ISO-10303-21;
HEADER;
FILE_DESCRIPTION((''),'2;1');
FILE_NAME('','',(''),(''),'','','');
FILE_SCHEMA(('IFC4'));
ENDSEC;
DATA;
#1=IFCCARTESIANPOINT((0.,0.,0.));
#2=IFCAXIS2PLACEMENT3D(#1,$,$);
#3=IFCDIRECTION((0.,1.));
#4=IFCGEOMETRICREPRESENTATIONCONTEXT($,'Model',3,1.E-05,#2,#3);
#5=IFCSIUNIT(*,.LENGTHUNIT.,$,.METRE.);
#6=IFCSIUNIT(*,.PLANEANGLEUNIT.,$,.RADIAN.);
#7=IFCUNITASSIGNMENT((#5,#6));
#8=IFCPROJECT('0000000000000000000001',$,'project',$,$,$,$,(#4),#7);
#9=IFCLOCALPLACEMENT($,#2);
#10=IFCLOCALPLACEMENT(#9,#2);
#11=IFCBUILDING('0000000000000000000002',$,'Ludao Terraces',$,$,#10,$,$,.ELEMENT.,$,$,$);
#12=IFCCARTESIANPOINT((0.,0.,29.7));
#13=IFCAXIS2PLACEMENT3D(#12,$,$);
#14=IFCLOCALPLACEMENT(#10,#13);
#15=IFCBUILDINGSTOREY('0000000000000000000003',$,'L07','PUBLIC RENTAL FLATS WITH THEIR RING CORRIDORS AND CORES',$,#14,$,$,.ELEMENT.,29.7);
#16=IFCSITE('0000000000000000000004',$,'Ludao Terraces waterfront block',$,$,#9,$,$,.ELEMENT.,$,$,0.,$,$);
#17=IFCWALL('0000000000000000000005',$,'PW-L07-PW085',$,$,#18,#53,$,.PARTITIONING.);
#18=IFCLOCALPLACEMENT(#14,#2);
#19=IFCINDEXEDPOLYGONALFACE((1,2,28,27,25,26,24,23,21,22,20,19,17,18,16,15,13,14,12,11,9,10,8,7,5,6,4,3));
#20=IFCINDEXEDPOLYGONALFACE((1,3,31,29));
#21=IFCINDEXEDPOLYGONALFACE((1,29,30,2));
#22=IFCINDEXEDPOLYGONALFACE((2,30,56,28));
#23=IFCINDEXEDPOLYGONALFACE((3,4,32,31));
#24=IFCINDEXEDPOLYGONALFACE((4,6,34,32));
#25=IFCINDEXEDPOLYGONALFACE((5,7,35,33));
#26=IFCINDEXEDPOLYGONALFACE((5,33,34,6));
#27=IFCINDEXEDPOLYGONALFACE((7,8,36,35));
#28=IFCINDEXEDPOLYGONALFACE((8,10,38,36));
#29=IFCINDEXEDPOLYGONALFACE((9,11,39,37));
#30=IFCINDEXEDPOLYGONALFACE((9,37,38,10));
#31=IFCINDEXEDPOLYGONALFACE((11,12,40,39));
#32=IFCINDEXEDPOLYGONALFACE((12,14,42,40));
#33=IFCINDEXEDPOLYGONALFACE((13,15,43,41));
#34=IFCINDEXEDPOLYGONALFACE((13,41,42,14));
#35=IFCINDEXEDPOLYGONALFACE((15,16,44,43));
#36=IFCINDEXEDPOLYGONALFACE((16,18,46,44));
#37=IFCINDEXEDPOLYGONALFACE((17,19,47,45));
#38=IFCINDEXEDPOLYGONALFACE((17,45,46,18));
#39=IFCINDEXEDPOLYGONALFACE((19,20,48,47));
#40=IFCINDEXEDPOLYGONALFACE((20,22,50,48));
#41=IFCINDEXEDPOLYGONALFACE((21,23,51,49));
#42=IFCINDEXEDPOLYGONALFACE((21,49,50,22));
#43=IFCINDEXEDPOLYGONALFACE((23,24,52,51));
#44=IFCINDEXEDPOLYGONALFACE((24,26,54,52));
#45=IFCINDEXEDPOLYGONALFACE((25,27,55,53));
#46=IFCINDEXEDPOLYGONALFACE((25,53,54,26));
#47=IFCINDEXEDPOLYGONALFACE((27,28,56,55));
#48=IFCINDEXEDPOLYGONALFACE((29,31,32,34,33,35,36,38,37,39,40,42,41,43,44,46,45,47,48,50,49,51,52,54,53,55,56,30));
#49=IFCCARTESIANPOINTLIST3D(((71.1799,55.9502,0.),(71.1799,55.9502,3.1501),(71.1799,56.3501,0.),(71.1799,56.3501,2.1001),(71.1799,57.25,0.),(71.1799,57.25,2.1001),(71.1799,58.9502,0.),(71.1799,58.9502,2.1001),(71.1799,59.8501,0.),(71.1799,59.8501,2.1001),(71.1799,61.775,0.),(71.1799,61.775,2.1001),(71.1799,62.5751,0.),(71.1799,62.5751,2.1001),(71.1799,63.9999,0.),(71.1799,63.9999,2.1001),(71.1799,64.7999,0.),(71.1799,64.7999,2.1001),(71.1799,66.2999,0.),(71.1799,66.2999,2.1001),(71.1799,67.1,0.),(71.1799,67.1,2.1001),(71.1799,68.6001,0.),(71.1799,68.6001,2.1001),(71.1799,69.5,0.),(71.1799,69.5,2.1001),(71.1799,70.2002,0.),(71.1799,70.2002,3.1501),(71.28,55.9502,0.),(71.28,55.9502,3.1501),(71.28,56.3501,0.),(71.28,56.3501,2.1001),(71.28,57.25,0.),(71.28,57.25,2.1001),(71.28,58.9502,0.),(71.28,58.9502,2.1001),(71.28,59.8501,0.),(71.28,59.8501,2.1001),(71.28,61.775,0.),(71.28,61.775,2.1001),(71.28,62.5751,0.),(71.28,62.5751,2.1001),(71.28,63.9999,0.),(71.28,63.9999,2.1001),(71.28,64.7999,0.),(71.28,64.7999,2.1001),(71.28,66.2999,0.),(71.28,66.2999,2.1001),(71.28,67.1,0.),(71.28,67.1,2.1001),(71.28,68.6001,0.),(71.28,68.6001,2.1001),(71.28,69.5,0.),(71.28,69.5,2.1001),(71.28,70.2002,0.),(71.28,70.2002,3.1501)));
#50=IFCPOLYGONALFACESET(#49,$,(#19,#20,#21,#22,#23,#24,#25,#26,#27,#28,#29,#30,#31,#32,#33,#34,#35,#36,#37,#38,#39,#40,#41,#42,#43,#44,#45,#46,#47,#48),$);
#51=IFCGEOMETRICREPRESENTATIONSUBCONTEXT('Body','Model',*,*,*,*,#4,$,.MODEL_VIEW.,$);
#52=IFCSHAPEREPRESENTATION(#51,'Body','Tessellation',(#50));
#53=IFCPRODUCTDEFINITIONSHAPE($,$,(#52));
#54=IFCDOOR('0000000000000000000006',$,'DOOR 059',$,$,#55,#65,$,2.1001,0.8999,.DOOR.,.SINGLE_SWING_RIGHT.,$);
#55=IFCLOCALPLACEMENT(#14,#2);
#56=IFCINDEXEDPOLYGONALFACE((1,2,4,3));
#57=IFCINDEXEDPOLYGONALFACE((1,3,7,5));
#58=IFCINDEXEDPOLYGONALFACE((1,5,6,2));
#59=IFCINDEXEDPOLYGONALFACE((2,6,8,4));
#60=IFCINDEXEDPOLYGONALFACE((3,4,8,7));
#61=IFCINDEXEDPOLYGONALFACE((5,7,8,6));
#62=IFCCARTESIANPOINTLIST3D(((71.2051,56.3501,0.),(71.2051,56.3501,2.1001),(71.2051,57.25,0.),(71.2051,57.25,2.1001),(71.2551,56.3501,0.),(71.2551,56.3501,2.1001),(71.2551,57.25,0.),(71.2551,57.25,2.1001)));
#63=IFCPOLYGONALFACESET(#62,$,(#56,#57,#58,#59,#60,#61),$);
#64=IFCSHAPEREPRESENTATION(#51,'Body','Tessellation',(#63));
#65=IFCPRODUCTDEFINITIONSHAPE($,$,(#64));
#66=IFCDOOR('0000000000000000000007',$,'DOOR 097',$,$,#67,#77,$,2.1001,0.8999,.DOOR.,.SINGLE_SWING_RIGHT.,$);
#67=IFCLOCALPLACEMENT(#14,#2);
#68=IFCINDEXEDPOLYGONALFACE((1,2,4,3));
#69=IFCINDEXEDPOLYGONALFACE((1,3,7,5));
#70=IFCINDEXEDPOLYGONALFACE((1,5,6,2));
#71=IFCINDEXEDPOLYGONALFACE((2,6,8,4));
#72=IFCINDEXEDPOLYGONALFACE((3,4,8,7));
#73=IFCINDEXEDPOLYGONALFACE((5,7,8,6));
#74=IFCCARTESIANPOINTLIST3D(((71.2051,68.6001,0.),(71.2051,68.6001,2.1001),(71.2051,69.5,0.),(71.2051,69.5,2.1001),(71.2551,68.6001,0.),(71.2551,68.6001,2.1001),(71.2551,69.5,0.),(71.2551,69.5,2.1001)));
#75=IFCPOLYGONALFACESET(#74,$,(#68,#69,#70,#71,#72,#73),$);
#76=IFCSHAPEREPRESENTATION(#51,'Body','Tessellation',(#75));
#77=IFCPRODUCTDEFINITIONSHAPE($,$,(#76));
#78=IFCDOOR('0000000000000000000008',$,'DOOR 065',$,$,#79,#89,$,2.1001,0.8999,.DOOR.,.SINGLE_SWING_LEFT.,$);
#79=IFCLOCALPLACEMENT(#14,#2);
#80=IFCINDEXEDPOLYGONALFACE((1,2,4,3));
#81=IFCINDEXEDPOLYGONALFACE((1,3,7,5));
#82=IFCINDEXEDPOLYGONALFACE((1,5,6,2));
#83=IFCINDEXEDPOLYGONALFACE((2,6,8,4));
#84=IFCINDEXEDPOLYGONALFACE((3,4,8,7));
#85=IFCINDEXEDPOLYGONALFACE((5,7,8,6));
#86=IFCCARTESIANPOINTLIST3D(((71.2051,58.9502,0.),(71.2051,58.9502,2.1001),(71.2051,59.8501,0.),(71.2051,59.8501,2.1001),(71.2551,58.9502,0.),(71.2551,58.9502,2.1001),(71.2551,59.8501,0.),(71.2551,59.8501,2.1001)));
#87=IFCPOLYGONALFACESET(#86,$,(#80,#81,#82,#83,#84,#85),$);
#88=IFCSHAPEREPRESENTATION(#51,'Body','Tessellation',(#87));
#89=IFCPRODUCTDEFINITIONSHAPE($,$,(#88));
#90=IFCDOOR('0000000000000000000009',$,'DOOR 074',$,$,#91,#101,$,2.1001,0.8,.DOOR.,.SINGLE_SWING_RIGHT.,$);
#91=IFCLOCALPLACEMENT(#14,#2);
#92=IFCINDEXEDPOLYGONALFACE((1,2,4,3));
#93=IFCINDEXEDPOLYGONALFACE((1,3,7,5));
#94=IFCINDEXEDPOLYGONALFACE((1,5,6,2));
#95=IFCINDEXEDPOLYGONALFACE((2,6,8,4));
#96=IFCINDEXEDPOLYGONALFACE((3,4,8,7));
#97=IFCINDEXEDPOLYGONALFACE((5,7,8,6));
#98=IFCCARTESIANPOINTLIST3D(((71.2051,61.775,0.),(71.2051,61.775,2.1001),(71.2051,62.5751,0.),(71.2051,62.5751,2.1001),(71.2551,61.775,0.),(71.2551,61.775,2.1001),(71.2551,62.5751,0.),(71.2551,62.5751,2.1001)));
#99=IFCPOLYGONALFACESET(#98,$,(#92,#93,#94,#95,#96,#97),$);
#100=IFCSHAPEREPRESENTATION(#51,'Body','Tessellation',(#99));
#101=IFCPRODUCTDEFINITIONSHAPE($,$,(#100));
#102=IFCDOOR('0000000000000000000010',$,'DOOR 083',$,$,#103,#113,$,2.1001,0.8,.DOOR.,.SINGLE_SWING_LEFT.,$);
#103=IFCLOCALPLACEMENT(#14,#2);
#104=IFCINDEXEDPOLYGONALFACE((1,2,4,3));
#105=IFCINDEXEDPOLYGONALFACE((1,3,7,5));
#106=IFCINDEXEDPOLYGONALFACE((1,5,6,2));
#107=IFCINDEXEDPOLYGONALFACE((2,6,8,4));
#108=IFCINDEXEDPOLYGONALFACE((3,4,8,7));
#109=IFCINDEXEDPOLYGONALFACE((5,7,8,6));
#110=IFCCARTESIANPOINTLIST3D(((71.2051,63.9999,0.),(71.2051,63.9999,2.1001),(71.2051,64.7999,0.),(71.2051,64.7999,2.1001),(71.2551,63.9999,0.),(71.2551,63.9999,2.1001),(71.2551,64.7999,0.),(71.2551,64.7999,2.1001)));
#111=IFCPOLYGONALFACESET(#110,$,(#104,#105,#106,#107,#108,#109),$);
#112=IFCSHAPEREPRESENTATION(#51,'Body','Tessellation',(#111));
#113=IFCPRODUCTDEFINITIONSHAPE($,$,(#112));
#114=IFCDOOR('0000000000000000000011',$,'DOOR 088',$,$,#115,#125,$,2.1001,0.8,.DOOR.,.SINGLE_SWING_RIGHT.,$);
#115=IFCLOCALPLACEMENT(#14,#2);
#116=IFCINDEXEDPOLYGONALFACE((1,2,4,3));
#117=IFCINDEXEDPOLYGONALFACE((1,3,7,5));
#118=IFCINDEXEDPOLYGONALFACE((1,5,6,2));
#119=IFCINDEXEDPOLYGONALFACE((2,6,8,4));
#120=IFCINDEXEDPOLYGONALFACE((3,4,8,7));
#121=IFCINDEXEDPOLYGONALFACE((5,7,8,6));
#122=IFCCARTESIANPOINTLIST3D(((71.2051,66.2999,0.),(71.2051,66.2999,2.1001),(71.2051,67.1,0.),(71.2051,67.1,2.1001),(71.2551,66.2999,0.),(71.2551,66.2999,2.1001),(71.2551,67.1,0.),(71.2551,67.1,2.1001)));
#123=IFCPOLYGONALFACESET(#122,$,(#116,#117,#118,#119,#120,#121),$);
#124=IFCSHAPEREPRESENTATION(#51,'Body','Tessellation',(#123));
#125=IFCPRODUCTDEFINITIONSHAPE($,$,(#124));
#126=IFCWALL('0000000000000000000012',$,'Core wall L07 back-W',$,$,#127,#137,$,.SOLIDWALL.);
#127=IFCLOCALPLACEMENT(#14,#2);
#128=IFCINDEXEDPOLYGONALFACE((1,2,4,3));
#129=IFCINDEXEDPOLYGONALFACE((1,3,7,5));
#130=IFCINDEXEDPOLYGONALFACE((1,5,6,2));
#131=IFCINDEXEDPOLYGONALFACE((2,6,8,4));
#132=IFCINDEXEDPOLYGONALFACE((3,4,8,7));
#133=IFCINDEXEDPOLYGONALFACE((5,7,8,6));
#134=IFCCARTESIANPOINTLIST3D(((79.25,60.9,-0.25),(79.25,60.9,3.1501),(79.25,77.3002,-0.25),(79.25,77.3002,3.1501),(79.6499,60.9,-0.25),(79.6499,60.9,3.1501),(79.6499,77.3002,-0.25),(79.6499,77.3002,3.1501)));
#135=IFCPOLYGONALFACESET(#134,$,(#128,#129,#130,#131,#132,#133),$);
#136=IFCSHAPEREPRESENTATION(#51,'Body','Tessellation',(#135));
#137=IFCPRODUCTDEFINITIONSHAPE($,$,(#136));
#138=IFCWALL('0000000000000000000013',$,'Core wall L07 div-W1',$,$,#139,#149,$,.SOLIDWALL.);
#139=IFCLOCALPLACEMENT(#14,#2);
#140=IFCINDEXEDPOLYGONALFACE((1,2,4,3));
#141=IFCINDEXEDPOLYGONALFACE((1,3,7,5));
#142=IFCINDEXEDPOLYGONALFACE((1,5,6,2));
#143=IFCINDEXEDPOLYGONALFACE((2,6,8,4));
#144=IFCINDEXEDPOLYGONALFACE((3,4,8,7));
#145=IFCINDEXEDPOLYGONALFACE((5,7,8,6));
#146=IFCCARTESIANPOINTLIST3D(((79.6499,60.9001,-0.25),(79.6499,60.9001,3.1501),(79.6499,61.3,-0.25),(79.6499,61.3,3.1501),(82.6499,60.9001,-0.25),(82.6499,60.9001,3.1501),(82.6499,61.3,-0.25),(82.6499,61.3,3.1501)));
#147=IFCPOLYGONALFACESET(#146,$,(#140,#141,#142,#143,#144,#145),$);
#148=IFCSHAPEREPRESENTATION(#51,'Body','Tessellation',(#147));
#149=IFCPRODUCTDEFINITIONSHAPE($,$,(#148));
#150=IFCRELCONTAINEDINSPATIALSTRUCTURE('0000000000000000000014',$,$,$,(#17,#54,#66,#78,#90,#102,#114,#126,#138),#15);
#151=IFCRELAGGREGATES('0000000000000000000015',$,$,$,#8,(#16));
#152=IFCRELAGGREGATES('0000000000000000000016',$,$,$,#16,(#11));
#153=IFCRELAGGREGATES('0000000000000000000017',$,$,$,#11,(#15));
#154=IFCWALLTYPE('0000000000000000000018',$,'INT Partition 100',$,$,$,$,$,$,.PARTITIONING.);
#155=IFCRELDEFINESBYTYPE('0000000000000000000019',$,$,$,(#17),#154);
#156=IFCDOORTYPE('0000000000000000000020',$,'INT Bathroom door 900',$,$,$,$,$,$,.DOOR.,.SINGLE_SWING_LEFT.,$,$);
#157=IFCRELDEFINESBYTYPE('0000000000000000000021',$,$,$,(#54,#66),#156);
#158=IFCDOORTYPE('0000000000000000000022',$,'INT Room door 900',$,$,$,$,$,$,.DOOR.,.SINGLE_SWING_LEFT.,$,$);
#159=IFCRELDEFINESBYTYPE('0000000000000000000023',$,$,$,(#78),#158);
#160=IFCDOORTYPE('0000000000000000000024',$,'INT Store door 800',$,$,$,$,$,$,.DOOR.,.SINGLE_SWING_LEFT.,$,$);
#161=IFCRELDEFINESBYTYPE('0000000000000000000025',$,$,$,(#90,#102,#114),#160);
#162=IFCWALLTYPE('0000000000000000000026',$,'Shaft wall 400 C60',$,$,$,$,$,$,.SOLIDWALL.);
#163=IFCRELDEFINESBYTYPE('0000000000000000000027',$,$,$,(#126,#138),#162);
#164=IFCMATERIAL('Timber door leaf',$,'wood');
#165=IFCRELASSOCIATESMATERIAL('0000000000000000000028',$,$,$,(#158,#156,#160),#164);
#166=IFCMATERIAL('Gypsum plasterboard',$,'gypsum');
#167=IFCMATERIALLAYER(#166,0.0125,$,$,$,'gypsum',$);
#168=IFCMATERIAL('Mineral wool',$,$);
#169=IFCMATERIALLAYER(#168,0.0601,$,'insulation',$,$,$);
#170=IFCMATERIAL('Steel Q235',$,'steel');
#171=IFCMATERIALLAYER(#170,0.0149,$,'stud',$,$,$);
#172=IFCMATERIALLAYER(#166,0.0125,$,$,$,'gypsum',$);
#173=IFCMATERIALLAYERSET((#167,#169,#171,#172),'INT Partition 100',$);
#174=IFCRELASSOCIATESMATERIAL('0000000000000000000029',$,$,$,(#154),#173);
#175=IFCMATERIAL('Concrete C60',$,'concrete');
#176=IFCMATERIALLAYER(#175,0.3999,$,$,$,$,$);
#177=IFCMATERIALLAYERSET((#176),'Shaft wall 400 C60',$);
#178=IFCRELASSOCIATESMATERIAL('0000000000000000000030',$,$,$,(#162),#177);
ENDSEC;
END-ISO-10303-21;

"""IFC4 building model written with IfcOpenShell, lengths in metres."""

from ifc_helpers import new_model, si_unit, direction, frame, frame_2d, origin, place, context, subcontext, project, spatial, rectangle, extrude, material, layer, layer_set, type_object, element, fill, save


model = new_model("IFC4")

# Units and contexts
model_context = context("Model", 3, precision=1e-05, world=origin(), true_north=direction((0.0, 1.0)))
body_context = subcontext(model_context, "Body", "Model", "MODEL_VIEW")
ifc_project = project(units=[si_unit("LENGTHUNIT", "METRE"), si_unit("PLANEANGLEUNIT", "RADIAN")], contexts=[model_context])

# Site, building, storey
site_placement = place(None, origin())
site = spatial("IfcSite", under=ifc_project, at=site_placement, Name="Ludao Terraces waterfront block", CompositionType="ELEMENT", RefElevation=0.0)
building_placement = place(site_placement, origin())
building = spatial("IfcBuilding", under=site, at=building_placement, Name="Ludao Terraces", CompositionType="ELEMENT")
storey_placement = place(building_placement, frame((0.0, 0.0, 29.7)))
storey = spatial("IfcBuildingStorey", under=building, at=storey_placement, Name="L07", Description="PUBLIC RENTAL FLATS WITH THEIR RING CORRIDORS AND CORES", CompositionType="ELEMENT", Elevation=29.7)

# Shared definitions
ifc_material_1 = material(Name="Concrete C60", Category="concrete")

# Shared definitions
ifc_material_2 = material(Name="Steel Q235", Category="steel")
ifc_material_3 = material(Name="Mineral wool")
ifc_material_4 = material(Name="Timber door leaf", Category="wood")
door_type_1 = type_object("IfcDoorType", Name="INT Room door 900", OperationType="SINGLE_SWING_LEFT", PredefinedType="DOOR", material=ifc_material_4)

# Shared definitions
ifc_material_5 = material(Name="Gypsum plasterboard", Category="gypsum")
ifc_layer_1 = layer(ifc_material_5, 0.0125, Category="gypsum")
ifc_layer_2 = layer(ifc_material_3, 0.0601, Name="insulation")
ifc_layer_3 = layer(ifc_material_2, 0.0149, Name="stud")
ifc_layer_4 = layer(ifc_material_5, 0.0125, Category="gypsum")
ifc_layer_set_1 = layer_set([ifc_layer_1, ifc_layer_2, ifc_layer_3, ifc_layer_4], Name="INT Partition 100")
wall_type_1 = type_object("IfcWallType", Name="INT Partition 100", PredefinedType="PARTITIONING", material=ifc_layer_set_1)

# Wall, openings, doors
wall_1_placement = place(storey_placement, frame((71.23, 55.9502, 0.0), z_axis=(0.0, 0.0, 1.0), x_axis=(0.0, 1.0, 0.0)))
wall_1 = element("IfcWall", 1, at=wall_1_placement, inside=storey, type_object=wall_type_1, Name="PW-L07-PW085", PredefinedType="PARTITIONING", context=body_context, shape_type="SweptSolid", body=[
    extrude(rectangle(XDim=14.25, YDim=0.1001, at=frame_2d((7.125, 0.0))), origin(), (0.0, 0.0, 1.0), 3.1501),
])
opening_1_placement = place(wall_1_placement, frame((0.3999, 0.0, 0.0)))
opening_1 = element("IfcOpeningElement", 2, at=opening_1_placement, cuts=wall_1, PredefinedType="OPENING", context=body_context, shape_type="SweptSolid", body=[
    extrude(rectangle(XDim=0.8999, YDim=2.1001, at=frame_2d((0.45, 1.05))), frame((0.0, 0.0601, 0.0), z_axis=(0.0, -1.0, 0.0), x_axis=(1.0, 0.0, 0.0)), (0.0, 0.0, 1.0), 0.1201),
])
opening_2_placement = place(wall_1_placement, frame((3.0, 0.0, 0.0)))
opening_2 = element("IfcOpeningElement", 3, at=opening_2_placement, cuts=wall_1, PredefinedType="OPENING", context=body_context, shape_type="SweptSolid", body=[
    extrude(rectangle(XDim=0.8999, YDim=2.1001, at=frame_2d((0.45, 1.05))), frame((0.0, 0.0601, 0.0), z_axis=(0.0, -1.0, 0.0), x_axis=(1.0, 0.0, 0.0)), (0.0, 0.0, 1.0), 0.1201),
])
opening_3_placement = place(wall_1_placement, frame((5.825, 0.0, 0.0)))
opening_3 = element("IfcOpeningElement", 4, at=opening_3_placement, cuts=wall_1, PredefinedType="OPENING", context=body_context, shape_type="SweptSolid", body=[
    extrude(rectangle(XDim=0.8, YDim=2.1001, at=frame_2d((0.3999, 1.05))), frame((0.0, 0.0601, 0.0), z_axis=(0.0, -1.0, 0.0), x_axis=(1.0, 0.0, 0.0)), (0.0, 0.0, 1.0), 0.1201),
])
opening_4_placement = place(wall_1_placement, frame((8.0498, 0.0, 0.0)))
opening_4 = element("IfcOpeningElement", 5, at=opening_4_placement, cuts=wall_1, PredefinedType="OPENING", context=body_context, shape_type="SweptSolid", body=[
    extrude(rectangle(XDim=0.8, YDim=2.1001, at=frame_2d((0.3999, 1.05))), frame((0.0, 0.0601, 0.0), z_axis=(0.0, -1.0, 0.0), x_axis=(1.0, 0.0, 0.0)), (0.0, 0.0, 1.0), 0.1201),
])
opening_5_placement = place(wall_1_placement, frame((10.3499, 0.0, 0.0)))
opening_5 = element("IfcOpeningElement", 6, at=opening_5_placement, cuts=wall_1, PredefinedType="OPENING", context=body_context, shape_type="SweptSolid", body=[
    extrude(rectangle(XDim=0.8, YDim=2.1001, at=frame_2d((0.3999, 1.05))), frame((0.0, 0.0601, 0.0), z_axis=(0.0, -1.0, 0.0), x_axis=(1.0, 0.0, 0.0)), (0.0, 0.0, 1.0), 0.1201),
])
opening_6_placement = place(wall_1_placement, frame((12.6499, 0.0, 0.0)))
opening_6 = element("IfcOpeningElement", 7, at=opening_6_placement, cuts=wall_1, PredefinedType="OPENING", context=body_context, shape_type="SweptSolid", body=[
    extrude(rectangle(XDim=0.8999, YDim=2.1001, at=frame_2d((0.45, 1.05))), frame((0.0, 0.0601, 0.0), z_axis=(0.0, -1.0, 0.0), x_axis=(1.0, 0.0, 0.0)), (0.0, 0.0, 1.0), 0.1201),
])
door_type_2 = type_object("IfcDoorType", Name="INT Bathroom door 900", OperationType="SINGLE_SWING_LEFT", PredefinedType="DOOR", material=ifc_material_4)
door_1_placement = place(opening_1_placement, origin())
door_1 = element("IfcDoor", 8, at=door_1_placement, inside=storey, type_object=door_type_2, Name="DOOR 059", OperationType="SINGLE_SWING_RIGHT", OverallHeight=2.1001, OverallWidth=0.8999, PredefinedType="DOOR", context=body_context, shape_type="SweptSolid", body=[
    extrude(rectangle(XDim=0.8999, YDim=2.1001, at=frame_2d((0.45, 1.05))), frame((0.0, 0.0249, 0.0), z_axis=(0.0, -1.0, 0.0), x_axis=(1.0, 0.0, 0.0)), (0.0, 0.0, 1.0), 0.05),
])
fill(opening_1, door_1)
door_2_placement = place(opening_6_placement, origin())
door_2 = element("IfcDoor", 9, at=door_2_placement, inside=storey, type_object=door_type_2, Name="DOOR 097", OperationType="SINGLE_SWING_RIGHT", OverallHeight=2.1001, OverallWidth=0.8999, PredefinedType="DOOR", context=body_context, shape_type="SweptSolid", body=[
    extrude(rectangle(XDim=0.8999, YDim=2.1001, at=frame_2d((0.45, 1.05))), frame((0.0, 0.0249, 0.0), z_axis=(0.0, -1.0, 0.0), x_axis=(1.0, 0.0, 0.0)), (0.0, 0.0, 1.0), 0.05),
])
fill(opening_6, door_2)
door_3_placement = place(opening_2_placement, origin())
door_3 = element("IfcDoor", 10, at=door_3_placement, inside=storey, type_object=door_type_1, Name="DOOR 065", OperationType="SINGLE_SWING_LEFT", OverallHeight=2.1001, OverallWidth=0.8999, PredefinedType="DOOR", context=body_context, shape_type="SweptSolid", body=[
    extrude(rectangle(XDim=0.8999, YDim=2.1001, at=frame_2d((0.45, 1.05))), frame((0.0, 0.0249, 0.0), z_axis=(0.0, -1.0, 0.0), x_axis=(1.0, 0.0, 0.0)), (0.0, 0.0, 1.0), 0.05),
])
fill(opening_2, door_3)
door_type_3 = type_object("IfcDoorType", Name="INT Store door 800", OperationType="SINGLE_SWING_LEFT", PredefinedType="DOOR", material=ifc_material_4)
door_4_placement = place(opening_3_placement, origin())
door_4 = element("IfcDoor", 11, at=door_4_placement, inside=storey, type_object=door_type_3, Name="DOOR 074", OperationType="SINGLE_SWING_RIGHT", OverallHeight=2.1001, OverallWidth=0.8, PredefinedType="DOOR", context=body_context, shape_type="SweptSolid", body=[
    extrude(rectangle(XDim=0.8, YDim=2.1001, at=frame_2d((0.3999, 1.05))), frame((0.0, 0.0249, 0.0), z_axis=(0.0, -1.0, 0.0), x_axis=(1.0, 0.0, 0.0)), (0.0, 0.0, 1.0), 0.05),
])
fill(opening_3, door_4)
door_5_placement = place(opening_4_placement, origin())
door_5 = element("IfcDoor", 12, at=door_5_placement, inside=storey, type_object=door_type_3, Name="DOOR 083", OperationType="SINGLE_SWING_LEFT", OverallHeight=2.1001, OverallWidth=0.8, PredefinedType="DOOR", context=body_context, shape_type="SweptSolid", body=[
    extrude(rectangle(XDim=0.8, YDim=2.1001, at=frame_2d((0.3999, 1.05))), frame((0.0, 0.0249, 0.0), z_axis=(0.0, -1.0, 0.0), x_axis=(1.0, 0.0, 0.0)), (0.0, 0.0, 1.0), 0.05),
])
fill(opening_4, door_5)
door_6_placement = place(opening_5_placement, origin())
door_6 = element("IfcDoor", 13, at=door_6_placement, inside=storey, type_object=door_type_3, Name="DOOR 088", OperationType="SINGLE_SWING_RIGHT", OverallHeight=2.1001, OverallWidth=0.8, PredefinedType="DOOR", context=body_context, shape_type="SweptSolid", body=[
    extrude(rectangle(XDim=0.8, YDim=2.1001, at=frame_2d((0.3999, 1.05))), frame((0.0, 0.0249, 0.0), z_axis=(0.0, -1.0, 0.0), x_axis=(1.0, 0.0, 0.0)), (0.0, 0.0, 1.0), 0.05),
])
fill(opening_5, door_6)

# Walls
ifc_layer_5 = layer(ifc_material_1, 0.3999)
ifc_layer_set_2 = layer_set([ifc_layer_5], Name="Shaft wall 400 C60")
wall_type_2 = type_object("IfcWallType", Name="Shaft wall 400 C60", PredefinedType="SOLIDWALL", material=ifc_layer_set_2)
wall_2_placement = place(storey_placement, frame((79.45, 60.8999, -0.25), z_axis=(0.0, 0.0, 1.0), x_axis=(0.0, 1.0, 0.0)))
element("IfcWall", 14, at=wall_2_placement, inside=storey, type_object=wall_type_2, Name="Core wall L07 back-W", PredefinedType="SOLIDWALL", context=body_context, shape_type="SweptSolid", body=[
    extrude(rectangle(XDim=16.4001, YDim=0.3999, at=frame_2d((8.2002, 0.0))), origin(), (0.0, 0.0, 1.0), 3.4001),
])
wall_3_placement = place(storey_placement, frame((79.6499, 61.1001, -0.25), z_axis=(0.0, 0.0, 1.0), x_axis=(1.0, 0.0, 0.0)))
element("IfcWall", 15, at=wall_3_placement, inside=storey, type_object=wall_type_2, Name="Core wall L07 div-W1", PredefinedType="SOLIDWALL", context=body_context, shape_type="SweptSolid", body=[
    extrude(rectangle(XDim=3.0, YDim=0.3999, at=frame_2d((1.5, 0.0))), origin(), (0.0, 0.0, 1.0), 3.4001),
])

save(model, "model.ifc")
